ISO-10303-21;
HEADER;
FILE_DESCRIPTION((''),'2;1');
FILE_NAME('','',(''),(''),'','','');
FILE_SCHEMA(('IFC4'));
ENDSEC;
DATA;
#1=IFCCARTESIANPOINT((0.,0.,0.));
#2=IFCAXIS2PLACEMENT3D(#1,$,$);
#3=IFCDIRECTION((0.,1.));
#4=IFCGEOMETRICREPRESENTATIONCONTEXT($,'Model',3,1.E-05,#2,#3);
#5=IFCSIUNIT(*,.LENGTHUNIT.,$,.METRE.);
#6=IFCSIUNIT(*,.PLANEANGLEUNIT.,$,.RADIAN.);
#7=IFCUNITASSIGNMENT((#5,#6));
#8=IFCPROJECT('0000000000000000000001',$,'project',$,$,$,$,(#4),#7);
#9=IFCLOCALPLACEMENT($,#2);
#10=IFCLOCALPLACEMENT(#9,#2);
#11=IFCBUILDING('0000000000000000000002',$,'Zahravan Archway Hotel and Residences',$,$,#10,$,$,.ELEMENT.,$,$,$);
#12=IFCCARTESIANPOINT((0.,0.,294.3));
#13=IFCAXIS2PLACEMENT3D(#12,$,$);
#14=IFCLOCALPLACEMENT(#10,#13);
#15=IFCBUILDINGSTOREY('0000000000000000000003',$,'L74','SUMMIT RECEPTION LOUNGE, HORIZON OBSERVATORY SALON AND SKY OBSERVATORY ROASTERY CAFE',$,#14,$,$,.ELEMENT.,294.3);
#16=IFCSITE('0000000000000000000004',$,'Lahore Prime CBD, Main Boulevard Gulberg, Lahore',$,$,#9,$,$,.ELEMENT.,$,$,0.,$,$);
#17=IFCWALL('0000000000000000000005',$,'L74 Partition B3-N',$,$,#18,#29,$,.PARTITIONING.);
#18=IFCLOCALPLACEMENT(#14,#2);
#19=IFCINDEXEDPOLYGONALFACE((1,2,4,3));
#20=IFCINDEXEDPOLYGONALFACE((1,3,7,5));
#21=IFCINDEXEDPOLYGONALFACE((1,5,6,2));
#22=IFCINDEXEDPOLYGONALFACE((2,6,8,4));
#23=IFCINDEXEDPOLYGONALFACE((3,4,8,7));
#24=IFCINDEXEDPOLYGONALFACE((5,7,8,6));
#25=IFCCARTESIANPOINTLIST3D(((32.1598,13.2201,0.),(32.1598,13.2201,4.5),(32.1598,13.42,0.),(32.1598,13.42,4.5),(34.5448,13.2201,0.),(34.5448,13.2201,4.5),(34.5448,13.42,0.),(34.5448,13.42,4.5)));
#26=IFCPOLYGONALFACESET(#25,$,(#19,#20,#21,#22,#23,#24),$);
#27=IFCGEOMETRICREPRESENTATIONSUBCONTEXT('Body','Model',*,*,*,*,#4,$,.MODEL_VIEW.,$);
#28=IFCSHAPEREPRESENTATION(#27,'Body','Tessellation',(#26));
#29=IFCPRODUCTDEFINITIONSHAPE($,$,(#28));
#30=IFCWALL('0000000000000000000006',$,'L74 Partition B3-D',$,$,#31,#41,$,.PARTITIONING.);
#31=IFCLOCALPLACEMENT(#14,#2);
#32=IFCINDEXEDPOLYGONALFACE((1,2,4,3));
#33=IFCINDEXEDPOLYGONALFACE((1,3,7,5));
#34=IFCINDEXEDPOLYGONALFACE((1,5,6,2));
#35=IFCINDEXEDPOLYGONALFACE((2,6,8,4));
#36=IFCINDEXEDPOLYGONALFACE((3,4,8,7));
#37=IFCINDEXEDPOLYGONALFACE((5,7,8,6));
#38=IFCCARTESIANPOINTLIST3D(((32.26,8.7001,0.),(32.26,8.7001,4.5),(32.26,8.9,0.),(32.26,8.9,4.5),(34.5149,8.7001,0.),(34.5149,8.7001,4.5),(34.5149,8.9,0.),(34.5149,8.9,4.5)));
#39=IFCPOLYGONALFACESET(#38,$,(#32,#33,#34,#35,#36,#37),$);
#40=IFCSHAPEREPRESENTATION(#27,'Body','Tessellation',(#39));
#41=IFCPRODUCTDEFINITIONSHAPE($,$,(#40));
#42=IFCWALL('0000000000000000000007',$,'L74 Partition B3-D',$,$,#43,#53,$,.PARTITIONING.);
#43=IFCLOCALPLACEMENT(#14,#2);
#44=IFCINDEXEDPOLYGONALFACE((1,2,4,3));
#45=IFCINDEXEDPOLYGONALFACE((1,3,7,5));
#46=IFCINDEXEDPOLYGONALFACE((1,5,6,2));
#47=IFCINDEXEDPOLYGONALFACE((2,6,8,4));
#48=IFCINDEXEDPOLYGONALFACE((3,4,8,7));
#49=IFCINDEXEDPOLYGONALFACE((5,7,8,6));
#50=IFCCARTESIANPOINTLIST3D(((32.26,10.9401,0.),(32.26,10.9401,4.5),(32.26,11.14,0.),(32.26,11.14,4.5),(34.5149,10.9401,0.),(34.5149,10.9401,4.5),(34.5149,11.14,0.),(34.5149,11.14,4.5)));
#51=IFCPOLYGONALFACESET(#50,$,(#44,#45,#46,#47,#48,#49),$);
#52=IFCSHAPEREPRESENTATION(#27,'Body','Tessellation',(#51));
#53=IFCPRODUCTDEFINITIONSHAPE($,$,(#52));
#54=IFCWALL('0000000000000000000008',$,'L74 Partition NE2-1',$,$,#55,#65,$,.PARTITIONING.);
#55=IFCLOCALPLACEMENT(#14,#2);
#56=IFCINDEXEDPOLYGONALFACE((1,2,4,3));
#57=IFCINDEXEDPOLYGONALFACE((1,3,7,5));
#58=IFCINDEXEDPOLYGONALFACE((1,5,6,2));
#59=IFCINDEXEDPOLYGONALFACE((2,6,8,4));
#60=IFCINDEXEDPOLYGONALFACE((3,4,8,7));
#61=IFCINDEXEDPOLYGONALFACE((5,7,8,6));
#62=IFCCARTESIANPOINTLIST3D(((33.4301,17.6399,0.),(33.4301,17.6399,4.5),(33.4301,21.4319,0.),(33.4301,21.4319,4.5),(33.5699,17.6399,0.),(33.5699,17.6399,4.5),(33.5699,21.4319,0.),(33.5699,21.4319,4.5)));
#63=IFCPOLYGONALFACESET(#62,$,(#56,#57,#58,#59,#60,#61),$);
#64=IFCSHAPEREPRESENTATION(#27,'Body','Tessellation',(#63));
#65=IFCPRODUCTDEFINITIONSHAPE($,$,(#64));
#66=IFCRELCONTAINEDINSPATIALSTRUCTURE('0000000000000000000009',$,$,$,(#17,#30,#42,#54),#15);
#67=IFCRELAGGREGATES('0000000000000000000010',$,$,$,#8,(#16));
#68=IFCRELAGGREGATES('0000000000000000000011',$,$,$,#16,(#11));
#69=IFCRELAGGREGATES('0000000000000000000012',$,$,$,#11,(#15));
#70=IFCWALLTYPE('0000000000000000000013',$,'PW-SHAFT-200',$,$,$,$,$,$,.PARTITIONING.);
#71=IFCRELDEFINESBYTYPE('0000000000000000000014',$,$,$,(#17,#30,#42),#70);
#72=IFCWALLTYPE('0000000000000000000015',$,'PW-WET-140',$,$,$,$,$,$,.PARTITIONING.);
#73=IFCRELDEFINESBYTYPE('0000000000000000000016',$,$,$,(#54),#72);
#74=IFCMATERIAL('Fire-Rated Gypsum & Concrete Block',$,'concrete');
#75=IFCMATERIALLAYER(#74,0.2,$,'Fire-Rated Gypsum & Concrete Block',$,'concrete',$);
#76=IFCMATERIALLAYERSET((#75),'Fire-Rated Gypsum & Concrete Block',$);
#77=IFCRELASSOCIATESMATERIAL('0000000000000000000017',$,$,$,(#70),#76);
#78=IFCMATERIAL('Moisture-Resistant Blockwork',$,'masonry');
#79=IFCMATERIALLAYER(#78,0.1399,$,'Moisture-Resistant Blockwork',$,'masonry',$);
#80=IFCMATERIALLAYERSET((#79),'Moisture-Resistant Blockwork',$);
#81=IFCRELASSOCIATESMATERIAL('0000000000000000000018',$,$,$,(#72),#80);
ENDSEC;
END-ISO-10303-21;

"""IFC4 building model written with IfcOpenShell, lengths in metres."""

from ifc_helpers import new_model, si_unit, direction, frame, frame_2d, origin, place, context, subcontext, project, spatial, rectangle, extrude, material, layer, layer_set, type_object, element, save


model = new_model("IFC4")

# Units and contexts
model_context = context("Model", 3, precision=1e-05, world=origin(), true_north=direction((0.0, 1.0)))
body_context = subcontext(model_context, "Body", "Model", "MODEL_VIEW")
ifc_project = project(units=[si_unit("LENGTHUNIT", "METRE"), si_unit("PLANEANGLEUNIT", "RADIAN")], contexts=[model_context])

# Site, building, storey
site_placement = place(None, origin())
site = spatial("IfcSite", under=ifc_project, at=site_placement, Name="Lahore Prime CBD, Main Boulevard Gulberg, Lahore", CompositionType="ELEMENT", RefElevation=0.0)
building_placement = place(site_placement, origin())
building = spatial("IfcBuilding", under=site, at=building_placement, Name="Zahravan Archway Hotel and Residences", CompositionType="ELEMENT")
storey_placement = place(building_placement, frame((0.0, 0.0, 294.3)))
storey = spatial("IfcBuildingStorey", under=building, at=storey_placement, Name="L74", Description="SUMMIT RECEPTION LOUNGE, HORIZON OBSERVATORY SALON AND SKY OBSERVATORY ROASTERY CAFE", CompositionType="ELEMENT", Elevation=294.3)

# Shared definitions
ifc_material_1 = material(Name="Fire-Rated Gypsum & Concrete Block", Category="concrete")

# Walls
ifc_layer_1 = layer(ifc_material_1, 0.2, Name="Fire-Rated Gypsum & Concrete Block", Category="concrete")
ifc_layer_set_1 = layer_set([ifc_layer_1], Name="Fire-Rated Gypsum & Concrete Block")
wall_type_1 = type_object("IfcWallType", Name="PW-SHAFT-200", PredefinedType="PARTITIONING", material=ifc_layer_set_1)
wall_1_placement = place(storey_placement, frame((32.1599, 13.3201, 0.0), z_axis=(0.0, 0.0, 1.0), x_axis=(1.0, 0.0, 0.0)))
element("IfcWall", 1, at=wall_1_placement, inside=storey, type_object=wall_type_1, Name="L74 Partition B3-N", PredefinedType="PARTITIONING", context=body_context, shape_type="SweptSolid", body=[
    extrude(rectangle(XDim=2.385, YDim=0.2, at=frame_2d((1.1924, 0.0))), origin(), (0.0, 0.0, 1.0), 4.5),
])
for number, where, z_axis, x_axis, name in (
    (2, (32.26, 8.8, 0.0), (0.0, 0.0, 1.0), (1.0, 0.0, 0.0), "L74 Partition B3-D"),
    (3, (32.26, 11.04, 0.0), (0.0, 0.0, 1.0), (1.0, 0.0, 0.0), "L74 Partition B3-D"),
):
    element("IfcWall", number, at=place(storey_placement, frame(where, z_axis=z_axis, x_axis=x_axis)), inside=storey, type_object=wall_type_1, Name=name, PredefinedType="PARTITIONING", context=body_context, shape_type="SweptSolid", body=[
        extrude(rectangle(XDim=2.2549, YDim=0.2, at=frame_2d((1.1274, 0.0))), origin(), (0.0, 0.0, 1.0), 4.5),
    ])
ifc_material_2 = material(Name="Moisture-Resistant Blockwork", Category="masonry")
ifc_layer_2 = layer(ifc_material_2, 0.1399, Name="Moisture-Resistant Blockwork", Category="masonry")
ifc_layer_set_2 = layer_set([ifc_layer_2], Name="Moisture-Resistant Blockwork")
wall_type_2 = type_object("IfcWallType", Name="PW-WET-140", PredefinedType="PARTITIONING", material=ifc_layer_set_2)
wall_2_placement = place(storey_placement, frame((33.5, 17.6399, 0.0), z_axis=(0.0, 0.0, 1.0), x_axis=(0.0, 1.0, 0.0)))
element("IfcWall", 4, at=wall_2_placement, inside=storey, type_object=wall_type_2, Name="L74 Partition NE2-1", PredefinedType="PARTITIONING", context=body_context, shape_type="SweptSolid", body=[
    extrude(rectangle(XDim=3.792, YDim=0.1399, at=frame_2d((1.896, 0.0))), origin(), (0.0, 0.0, 1.0), 4.5),
])

save(model, "model.ifc")
